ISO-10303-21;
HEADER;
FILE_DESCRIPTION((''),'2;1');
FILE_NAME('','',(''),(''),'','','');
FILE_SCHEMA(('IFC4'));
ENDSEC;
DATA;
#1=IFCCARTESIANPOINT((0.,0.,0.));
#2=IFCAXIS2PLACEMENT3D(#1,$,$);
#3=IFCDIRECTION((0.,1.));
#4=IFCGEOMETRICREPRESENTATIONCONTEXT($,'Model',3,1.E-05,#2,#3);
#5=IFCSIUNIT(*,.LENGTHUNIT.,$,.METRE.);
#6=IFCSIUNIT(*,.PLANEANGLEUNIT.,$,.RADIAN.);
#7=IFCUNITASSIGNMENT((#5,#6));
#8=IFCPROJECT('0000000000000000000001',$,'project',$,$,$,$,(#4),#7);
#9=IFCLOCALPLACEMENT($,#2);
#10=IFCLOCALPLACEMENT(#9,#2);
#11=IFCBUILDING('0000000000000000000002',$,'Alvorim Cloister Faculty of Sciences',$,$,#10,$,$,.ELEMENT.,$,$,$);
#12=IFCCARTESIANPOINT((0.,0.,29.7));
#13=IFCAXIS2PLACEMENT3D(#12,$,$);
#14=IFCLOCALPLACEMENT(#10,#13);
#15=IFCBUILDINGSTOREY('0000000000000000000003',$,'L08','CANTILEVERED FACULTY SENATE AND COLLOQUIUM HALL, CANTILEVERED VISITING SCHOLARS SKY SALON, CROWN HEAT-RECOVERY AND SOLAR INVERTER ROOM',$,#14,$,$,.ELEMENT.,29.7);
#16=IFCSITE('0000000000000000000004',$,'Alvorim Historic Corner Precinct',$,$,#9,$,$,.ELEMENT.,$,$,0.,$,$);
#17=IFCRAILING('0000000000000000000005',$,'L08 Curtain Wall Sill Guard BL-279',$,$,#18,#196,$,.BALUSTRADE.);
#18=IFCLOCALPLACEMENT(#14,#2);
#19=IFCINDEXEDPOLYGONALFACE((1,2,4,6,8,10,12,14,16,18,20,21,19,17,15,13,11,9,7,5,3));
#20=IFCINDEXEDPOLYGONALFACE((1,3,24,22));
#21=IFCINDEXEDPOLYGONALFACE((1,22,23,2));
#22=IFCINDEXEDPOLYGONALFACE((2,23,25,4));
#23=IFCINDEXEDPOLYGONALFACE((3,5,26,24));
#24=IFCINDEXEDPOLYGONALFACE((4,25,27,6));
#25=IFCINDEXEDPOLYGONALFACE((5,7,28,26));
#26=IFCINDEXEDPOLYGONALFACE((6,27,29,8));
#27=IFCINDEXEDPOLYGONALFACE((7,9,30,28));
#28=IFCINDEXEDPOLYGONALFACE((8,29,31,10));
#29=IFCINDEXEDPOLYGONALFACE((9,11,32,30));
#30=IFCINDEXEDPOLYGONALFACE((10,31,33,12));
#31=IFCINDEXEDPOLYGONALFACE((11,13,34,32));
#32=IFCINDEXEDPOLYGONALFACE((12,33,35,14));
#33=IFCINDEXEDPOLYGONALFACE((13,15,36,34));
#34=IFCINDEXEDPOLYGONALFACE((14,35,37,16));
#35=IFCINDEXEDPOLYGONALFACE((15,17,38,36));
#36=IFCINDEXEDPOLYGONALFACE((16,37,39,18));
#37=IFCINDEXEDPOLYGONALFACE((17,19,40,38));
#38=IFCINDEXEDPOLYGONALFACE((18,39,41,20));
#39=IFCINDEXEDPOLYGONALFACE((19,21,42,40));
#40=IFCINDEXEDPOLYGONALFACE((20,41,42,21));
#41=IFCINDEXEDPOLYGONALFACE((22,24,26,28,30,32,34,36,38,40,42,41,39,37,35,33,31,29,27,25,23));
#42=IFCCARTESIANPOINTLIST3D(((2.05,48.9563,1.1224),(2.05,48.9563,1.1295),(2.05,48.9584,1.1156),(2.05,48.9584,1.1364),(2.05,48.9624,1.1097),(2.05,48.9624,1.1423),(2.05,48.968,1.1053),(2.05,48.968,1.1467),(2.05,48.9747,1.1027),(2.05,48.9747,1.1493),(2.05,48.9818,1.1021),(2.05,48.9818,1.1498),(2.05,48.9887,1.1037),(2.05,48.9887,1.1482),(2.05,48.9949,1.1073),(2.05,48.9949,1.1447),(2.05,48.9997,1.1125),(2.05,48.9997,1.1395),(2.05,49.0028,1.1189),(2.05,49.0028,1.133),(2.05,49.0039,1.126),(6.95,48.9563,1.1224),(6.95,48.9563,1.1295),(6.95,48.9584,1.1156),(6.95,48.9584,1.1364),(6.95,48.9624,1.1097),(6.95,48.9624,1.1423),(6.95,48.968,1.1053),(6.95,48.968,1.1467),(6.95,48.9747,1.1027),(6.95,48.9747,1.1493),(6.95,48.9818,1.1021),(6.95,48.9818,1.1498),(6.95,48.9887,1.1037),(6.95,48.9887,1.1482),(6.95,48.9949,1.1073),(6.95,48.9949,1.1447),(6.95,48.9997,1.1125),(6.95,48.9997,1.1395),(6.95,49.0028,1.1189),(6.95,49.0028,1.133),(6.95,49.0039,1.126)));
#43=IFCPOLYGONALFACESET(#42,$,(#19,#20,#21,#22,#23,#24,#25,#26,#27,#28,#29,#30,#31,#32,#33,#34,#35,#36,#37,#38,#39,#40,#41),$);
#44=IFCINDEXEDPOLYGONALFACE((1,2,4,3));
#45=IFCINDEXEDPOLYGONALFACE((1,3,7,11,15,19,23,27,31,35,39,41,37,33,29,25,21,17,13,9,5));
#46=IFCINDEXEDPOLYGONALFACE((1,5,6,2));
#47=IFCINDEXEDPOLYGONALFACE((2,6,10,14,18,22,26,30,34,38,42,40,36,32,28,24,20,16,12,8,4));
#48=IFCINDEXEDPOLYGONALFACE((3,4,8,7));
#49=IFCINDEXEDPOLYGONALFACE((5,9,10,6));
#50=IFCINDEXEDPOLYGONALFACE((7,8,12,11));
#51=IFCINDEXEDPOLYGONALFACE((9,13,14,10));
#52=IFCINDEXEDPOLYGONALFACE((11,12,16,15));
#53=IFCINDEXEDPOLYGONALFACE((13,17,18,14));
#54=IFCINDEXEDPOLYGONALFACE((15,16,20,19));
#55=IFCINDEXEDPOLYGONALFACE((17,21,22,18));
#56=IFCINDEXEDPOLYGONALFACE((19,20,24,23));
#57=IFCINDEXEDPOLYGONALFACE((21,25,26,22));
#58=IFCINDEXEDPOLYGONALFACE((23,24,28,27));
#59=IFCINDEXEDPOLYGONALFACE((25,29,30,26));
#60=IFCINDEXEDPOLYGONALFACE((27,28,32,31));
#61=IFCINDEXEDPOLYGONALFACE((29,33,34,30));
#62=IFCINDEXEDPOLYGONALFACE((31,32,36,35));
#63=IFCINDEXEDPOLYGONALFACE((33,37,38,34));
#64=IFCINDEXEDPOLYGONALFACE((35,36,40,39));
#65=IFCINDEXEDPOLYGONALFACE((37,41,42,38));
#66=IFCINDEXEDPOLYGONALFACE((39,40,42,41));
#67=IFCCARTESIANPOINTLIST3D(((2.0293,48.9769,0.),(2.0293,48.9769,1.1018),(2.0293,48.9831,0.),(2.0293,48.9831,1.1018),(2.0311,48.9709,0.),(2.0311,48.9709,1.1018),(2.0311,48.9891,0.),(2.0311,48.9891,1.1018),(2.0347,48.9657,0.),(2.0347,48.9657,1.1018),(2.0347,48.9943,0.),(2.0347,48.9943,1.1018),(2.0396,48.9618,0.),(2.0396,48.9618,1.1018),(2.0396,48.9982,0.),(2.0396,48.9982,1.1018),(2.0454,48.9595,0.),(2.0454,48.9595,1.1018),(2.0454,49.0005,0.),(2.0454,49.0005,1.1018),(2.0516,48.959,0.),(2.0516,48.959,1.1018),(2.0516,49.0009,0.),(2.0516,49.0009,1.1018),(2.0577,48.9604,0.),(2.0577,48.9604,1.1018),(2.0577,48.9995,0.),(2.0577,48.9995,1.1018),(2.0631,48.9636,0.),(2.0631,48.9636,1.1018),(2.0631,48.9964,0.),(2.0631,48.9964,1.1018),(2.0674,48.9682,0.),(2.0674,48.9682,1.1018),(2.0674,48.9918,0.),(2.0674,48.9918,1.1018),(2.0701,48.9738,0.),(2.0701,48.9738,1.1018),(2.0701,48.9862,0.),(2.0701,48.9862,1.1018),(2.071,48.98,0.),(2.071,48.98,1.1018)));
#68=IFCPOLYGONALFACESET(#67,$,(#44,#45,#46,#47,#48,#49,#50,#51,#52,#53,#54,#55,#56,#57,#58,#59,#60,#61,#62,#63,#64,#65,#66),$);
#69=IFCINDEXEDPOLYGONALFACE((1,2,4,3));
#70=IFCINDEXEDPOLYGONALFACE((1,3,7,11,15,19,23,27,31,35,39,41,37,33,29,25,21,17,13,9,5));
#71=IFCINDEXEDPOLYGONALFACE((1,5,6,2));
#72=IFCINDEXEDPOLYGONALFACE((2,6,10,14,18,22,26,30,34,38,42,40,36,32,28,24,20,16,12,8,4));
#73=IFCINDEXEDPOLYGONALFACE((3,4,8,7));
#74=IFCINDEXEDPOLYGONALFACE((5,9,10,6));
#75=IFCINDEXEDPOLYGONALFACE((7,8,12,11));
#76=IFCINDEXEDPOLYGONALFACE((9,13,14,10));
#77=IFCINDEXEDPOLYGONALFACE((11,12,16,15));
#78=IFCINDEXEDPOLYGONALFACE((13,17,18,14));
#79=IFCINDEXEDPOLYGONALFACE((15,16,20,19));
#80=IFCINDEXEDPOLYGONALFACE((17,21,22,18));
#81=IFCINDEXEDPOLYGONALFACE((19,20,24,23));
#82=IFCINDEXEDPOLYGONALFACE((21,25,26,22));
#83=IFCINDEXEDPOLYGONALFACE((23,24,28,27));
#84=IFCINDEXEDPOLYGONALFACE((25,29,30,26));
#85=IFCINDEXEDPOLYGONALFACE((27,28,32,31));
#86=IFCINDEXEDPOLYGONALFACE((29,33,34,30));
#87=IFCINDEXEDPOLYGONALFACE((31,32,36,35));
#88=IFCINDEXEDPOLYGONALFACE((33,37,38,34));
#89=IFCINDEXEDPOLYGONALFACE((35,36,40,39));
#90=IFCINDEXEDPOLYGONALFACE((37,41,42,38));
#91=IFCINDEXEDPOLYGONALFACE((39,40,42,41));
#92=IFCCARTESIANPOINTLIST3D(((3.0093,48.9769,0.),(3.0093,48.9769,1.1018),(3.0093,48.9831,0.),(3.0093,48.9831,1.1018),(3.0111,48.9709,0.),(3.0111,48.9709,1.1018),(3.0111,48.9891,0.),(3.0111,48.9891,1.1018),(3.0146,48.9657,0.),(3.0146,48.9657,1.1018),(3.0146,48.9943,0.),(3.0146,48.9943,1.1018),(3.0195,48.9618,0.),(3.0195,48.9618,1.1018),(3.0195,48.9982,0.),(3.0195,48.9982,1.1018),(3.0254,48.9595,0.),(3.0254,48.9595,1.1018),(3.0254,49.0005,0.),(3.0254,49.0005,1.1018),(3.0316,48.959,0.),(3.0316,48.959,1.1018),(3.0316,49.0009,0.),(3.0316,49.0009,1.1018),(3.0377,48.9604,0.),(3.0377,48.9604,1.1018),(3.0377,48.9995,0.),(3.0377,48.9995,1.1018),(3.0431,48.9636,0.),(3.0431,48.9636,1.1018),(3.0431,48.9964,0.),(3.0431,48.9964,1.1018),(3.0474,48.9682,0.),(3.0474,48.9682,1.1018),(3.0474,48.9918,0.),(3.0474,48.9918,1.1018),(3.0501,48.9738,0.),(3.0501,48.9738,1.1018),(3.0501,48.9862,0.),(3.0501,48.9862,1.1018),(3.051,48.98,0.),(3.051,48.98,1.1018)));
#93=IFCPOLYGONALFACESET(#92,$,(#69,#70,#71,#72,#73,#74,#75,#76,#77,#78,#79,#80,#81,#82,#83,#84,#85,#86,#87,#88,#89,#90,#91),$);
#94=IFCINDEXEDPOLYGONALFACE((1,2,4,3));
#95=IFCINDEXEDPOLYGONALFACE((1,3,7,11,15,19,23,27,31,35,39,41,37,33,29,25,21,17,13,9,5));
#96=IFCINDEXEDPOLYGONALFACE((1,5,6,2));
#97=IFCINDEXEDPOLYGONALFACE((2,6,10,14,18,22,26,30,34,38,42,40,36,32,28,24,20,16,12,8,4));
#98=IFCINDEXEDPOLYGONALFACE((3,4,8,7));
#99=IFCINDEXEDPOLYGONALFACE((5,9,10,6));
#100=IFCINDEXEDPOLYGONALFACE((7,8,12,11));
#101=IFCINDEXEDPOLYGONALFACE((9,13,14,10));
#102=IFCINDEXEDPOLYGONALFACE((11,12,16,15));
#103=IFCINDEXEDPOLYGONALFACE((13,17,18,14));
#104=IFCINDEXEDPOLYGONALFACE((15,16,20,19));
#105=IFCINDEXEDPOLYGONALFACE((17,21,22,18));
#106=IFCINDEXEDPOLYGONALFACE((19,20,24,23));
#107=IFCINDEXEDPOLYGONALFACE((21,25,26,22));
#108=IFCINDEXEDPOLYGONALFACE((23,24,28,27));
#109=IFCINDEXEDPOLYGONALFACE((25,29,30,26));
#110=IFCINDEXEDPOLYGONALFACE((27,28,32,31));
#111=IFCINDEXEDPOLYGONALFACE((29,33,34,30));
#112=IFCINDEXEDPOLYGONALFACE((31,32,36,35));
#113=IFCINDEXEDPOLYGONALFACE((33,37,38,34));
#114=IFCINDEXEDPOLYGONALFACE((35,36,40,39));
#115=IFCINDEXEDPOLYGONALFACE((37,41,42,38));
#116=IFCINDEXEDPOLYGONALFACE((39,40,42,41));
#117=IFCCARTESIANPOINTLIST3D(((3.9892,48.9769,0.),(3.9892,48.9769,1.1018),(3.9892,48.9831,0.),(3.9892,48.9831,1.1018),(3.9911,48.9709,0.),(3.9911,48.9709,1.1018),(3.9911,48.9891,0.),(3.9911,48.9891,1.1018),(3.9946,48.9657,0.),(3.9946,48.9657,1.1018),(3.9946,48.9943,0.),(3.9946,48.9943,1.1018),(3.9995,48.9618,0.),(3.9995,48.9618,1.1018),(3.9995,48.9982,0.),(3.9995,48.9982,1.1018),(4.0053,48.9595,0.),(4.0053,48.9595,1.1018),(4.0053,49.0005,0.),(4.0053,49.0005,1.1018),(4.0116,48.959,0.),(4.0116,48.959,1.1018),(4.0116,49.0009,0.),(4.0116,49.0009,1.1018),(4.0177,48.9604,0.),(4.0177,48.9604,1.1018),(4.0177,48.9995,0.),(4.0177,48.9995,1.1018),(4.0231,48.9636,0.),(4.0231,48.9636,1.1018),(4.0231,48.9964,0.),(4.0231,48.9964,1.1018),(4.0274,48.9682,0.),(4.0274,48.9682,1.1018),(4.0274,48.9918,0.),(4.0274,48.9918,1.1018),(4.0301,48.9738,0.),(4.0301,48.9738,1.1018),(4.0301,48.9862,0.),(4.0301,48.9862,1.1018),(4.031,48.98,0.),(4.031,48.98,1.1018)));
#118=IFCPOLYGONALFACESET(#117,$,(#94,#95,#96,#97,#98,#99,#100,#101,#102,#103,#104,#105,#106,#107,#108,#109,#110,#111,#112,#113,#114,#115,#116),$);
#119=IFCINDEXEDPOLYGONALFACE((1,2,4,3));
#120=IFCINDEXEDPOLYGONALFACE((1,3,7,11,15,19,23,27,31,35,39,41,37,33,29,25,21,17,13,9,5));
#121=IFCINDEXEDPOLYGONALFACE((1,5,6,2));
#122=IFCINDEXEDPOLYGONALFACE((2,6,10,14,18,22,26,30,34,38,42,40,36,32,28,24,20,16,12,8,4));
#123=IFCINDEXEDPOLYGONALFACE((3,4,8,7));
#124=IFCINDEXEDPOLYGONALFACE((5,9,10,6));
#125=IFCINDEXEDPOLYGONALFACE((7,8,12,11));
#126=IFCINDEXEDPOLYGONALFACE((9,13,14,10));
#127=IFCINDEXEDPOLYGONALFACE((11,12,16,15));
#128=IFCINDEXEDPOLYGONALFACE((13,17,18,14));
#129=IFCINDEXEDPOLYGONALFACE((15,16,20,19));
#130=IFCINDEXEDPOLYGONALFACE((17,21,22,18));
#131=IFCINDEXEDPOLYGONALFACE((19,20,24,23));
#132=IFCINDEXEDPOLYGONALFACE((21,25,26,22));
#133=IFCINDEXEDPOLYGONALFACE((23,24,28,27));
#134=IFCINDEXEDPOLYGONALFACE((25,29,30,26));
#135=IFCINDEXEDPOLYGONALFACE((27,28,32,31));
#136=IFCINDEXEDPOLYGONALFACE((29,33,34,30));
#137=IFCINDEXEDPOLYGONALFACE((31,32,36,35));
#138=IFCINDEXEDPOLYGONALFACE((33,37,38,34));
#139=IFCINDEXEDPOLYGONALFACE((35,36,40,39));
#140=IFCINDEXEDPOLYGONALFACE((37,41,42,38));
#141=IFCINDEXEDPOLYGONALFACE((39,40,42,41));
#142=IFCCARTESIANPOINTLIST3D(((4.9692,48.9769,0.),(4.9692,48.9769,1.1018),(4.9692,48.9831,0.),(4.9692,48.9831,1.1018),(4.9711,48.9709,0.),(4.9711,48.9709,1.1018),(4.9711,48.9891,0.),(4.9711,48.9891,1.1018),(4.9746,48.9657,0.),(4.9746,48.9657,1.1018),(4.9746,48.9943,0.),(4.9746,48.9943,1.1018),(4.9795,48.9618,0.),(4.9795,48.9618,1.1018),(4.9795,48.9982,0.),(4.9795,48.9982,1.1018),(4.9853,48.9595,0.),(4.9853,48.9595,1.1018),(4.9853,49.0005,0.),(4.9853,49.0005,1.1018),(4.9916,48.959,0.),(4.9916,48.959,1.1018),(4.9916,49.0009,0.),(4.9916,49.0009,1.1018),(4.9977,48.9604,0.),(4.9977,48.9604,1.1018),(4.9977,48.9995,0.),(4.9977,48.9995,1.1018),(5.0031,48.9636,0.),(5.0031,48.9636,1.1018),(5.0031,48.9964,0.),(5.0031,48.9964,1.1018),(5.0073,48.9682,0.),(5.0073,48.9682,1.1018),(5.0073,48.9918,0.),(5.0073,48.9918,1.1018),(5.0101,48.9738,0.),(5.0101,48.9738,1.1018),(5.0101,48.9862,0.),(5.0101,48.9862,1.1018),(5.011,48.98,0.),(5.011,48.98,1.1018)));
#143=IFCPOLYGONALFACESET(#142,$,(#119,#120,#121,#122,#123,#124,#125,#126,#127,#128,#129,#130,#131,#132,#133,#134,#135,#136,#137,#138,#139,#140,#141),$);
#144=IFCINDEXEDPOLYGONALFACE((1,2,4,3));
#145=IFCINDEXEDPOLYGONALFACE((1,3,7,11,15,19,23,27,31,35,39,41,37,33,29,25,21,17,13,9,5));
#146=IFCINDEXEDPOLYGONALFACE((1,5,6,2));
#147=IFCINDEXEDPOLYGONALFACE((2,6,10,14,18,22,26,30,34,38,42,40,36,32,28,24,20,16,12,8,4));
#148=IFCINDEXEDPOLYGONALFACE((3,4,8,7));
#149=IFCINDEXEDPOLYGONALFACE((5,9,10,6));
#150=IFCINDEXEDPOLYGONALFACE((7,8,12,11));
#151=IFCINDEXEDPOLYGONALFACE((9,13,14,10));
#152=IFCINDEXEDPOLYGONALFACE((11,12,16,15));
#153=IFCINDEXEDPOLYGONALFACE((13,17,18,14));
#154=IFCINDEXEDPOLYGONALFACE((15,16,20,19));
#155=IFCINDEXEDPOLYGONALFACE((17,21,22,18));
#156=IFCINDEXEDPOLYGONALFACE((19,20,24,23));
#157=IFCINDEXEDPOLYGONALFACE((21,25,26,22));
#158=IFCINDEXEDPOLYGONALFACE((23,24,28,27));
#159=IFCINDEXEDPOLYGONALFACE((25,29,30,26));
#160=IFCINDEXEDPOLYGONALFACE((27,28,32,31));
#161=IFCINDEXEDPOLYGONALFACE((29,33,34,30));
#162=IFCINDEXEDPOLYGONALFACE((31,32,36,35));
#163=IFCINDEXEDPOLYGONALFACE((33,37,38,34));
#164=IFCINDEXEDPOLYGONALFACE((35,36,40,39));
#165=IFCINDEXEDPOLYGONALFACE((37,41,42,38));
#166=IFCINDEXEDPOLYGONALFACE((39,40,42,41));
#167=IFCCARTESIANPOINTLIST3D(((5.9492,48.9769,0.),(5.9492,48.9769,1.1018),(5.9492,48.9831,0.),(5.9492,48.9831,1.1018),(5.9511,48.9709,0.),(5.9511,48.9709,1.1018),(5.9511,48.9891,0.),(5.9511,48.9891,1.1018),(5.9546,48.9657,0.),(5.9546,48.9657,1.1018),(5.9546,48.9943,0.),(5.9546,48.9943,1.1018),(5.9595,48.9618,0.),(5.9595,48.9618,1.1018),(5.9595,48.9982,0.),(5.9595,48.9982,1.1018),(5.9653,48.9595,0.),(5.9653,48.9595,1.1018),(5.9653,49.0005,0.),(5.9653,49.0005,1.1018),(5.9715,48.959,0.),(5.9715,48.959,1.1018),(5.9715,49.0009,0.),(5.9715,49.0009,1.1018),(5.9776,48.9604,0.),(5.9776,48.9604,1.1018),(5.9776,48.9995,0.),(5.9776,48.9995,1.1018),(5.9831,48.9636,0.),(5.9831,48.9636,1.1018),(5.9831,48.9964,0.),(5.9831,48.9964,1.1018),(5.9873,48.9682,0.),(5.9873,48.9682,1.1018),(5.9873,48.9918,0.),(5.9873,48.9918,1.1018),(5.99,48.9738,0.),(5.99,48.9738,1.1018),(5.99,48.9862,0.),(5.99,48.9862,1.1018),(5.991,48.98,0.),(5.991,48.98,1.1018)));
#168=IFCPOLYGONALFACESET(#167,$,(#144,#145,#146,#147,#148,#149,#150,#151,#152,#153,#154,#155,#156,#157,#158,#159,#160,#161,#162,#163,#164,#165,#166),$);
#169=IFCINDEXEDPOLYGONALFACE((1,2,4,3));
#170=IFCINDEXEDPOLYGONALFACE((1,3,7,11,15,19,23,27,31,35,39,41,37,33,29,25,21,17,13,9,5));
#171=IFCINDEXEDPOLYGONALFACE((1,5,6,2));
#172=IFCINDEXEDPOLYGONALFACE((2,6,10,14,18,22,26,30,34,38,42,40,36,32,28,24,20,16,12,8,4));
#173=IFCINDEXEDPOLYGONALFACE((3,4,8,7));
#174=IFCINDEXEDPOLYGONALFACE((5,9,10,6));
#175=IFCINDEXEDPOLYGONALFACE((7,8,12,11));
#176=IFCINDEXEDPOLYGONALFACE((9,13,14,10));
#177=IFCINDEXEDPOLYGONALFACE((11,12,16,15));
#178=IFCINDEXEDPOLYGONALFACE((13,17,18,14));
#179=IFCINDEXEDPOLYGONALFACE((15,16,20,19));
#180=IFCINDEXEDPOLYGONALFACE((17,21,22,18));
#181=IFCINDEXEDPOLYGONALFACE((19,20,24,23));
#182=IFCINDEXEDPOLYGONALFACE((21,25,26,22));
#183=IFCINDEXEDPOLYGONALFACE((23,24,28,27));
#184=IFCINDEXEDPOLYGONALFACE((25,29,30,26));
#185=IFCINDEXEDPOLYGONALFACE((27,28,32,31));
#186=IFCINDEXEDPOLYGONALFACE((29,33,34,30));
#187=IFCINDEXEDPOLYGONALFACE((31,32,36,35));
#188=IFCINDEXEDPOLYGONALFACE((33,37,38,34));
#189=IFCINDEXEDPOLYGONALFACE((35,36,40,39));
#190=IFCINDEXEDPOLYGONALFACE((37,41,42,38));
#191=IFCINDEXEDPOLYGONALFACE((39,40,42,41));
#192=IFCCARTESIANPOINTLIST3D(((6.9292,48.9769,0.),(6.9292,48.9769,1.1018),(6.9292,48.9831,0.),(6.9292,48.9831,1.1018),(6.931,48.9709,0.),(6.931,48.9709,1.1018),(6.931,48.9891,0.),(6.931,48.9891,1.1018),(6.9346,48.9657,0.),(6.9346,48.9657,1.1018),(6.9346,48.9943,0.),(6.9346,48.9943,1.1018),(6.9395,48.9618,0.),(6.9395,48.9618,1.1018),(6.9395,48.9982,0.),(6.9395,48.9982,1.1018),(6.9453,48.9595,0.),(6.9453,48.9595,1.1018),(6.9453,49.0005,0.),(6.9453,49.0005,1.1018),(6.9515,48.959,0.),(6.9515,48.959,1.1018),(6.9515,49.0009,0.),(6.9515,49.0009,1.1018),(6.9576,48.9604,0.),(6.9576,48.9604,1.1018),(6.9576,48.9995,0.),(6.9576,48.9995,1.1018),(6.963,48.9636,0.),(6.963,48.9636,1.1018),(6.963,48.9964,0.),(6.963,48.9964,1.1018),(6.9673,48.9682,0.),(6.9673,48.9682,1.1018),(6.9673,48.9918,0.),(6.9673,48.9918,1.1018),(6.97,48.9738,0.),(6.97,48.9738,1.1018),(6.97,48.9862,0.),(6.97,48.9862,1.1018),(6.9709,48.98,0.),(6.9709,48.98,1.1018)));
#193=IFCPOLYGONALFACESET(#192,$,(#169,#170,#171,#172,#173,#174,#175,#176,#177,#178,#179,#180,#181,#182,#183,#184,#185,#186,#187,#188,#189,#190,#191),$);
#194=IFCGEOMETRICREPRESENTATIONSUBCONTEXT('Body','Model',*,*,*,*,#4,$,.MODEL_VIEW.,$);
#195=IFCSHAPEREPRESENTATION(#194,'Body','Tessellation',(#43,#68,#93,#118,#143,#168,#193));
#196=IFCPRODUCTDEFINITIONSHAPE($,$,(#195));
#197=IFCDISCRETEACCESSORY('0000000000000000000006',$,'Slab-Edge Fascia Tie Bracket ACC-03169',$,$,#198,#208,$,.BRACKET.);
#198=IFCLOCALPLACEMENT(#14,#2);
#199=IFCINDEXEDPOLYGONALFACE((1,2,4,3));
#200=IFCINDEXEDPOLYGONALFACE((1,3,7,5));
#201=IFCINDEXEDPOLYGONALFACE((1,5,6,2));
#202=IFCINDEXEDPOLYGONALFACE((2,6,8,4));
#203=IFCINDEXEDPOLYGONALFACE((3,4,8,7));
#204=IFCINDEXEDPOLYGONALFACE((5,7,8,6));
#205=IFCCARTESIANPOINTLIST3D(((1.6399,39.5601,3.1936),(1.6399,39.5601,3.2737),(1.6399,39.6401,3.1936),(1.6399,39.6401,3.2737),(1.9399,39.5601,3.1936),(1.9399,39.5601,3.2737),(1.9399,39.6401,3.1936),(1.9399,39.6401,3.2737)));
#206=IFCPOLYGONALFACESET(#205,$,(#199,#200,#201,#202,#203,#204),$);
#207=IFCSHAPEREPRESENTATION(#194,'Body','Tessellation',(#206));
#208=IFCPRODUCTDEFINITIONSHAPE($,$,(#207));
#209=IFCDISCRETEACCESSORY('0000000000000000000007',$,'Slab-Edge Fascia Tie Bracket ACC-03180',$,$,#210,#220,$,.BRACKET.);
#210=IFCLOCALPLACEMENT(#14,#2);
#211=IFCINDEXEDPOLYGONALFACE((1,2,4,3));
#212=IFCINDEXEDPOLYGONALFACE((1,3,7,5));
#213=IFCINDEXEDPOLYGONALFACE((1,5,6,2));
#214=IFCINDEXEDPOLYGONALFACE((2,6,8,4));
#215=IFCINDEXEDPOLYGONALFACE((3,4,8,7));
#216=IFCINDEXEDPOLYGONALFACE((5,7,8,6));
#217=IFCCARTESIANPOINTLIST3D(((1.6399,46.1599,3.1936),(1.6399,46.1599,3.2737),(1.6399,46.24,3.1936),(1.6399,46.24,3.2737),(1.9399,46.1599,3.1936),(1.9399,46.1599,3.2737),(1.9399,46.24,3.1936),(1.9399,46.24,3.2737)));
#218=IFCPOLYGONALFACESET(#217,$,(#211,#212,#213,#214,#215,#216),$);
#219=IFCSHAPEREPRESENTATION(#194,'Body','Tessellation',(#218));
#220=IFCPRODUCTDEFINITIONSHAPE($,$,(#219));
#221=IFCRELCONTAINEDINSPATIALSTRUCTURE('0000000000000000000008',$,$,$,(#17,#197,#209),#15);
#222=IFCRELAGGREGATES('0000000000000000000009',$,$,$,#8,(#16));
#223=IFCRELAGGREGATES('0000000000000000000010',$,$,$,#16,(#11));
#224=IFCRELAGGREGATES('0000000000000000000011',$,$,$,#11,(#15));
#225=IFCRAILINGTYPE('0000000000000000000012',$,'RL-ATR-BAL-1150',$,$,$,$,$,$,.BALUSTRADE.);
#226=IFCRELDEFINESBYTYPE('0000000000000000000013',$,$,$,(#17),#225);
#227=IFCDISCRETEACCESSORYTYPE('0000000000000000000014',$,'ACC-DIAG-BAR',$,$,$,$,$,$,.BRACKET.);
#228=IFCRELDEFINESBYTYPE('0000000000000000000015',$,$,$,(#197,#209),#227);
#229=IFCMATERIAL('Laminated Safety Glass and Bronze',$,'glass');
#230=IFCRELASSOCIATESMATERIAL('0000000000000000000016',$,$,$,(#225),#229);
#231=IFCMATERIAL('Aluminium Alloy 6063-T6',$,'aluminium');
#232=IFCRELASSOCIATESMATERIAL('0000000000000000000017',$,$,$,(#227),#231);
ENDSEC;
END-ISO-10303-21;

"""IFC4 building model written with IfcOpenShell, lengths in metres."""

from ifc_helpers import new_model, si_unit, direction, frame, origin, origin_2d, place, context, subcontext, project, spatial, rectangle, circle, extrude, material, type_object, element, save


model = new_model("IFC4")

# Units and contexts
model_context = context("Model", 3, precision=1e-05, world=origin(), true_north=direction((0.0, 1.0)))
body_context = subcontext(model_context, "Body", "Model", "MODEL_VIEW")
ifc_project = project(units=[si_unit("LENGTHUNIT", "METRE"), si_unit("PLANEANGLEUNIT", "RADIAN")], contexts=[model_context])

# Site, building, storey
site_placement = place(None, origin())
site = spatial("IfcSite", under=ifc_project, at=site_placement, Name="Alvorim Historic Corner Precinct", CompositionType="ELEMENT", RefElevation=0.0)
building_placement = place(site_placement, origin())
building = spatial("IfcBuilding", under=site, at=building_placement, Name="Alvorim Cloister Faculty of Sciences", CompositionType="ELEMENT")
storey_placement = place(building_placement, frame((0.0, 0.0, 29.7)))
storey = spatial("IfcBuildingStorey", under=building, at=storey_placement, Name="L08", Description="CANTILEVERED FACULTY SENATE AND COLLOQUIUM HALL, CANTILEVERED VISITING SCHOLARS SKY SALON, CROWN HEAT-RECOVERY AND SOLAR INVERTER ROOM", CompositionType="ELEMENT", Elevation=29.7)

# Shared definitions
ifc_material_1 = material(Name="Aluminium Alloy 6063-T6", Category="aluminium")

# Railing
ifc_material_2 = material(Name="Laminated Safety Glass and Bronze", Category="glass")
railing_type = type_object("IfcRailingType", Name="RL-ATR-BAL-1150", PredefinedType="BALUSTRADE", material=ifc_material_2)
railing_1_placement = place(storey_placement, frame((2.05, 48.98, 0.0)))
element("IfcRailing", 1, at=railing_1_placement, inside=storey, type_object=railing_type, Name="L08 Curtain Wall Sill Guard BL-279", PredefinedType="BALUSTRADE", context=body_context, shape_type="SweptSolid", body=[
    extrude(circle(Radius=0.0239, at=origin_2d()), frame((0.0, 0.0, 1.126), z_axis=(1.0, 0.0, 0.0), x_axis=(0.0, 1.0, 0.0)), (0.0, 0.0, 1.0), 4.8999),
    extrude(circle(Radius=0.021, at=origin_2d()), origin(), (0.0, 0.0, 1.0), 1.1018),
    extrude(circle(Radius=0.021, at=origin_2d()), frame((0.98, 0.0, 0.0)), (0.0, 0.0, 1.0), 1.1018),
    extrude(circle(Radius=0.021, at=origin_2d()), frame((1.96, 0.0, 0.0)), (0.0, 0.0, 1.0), 1.1018),
    extrude(circle(Radius=0.021, at=origin_2d()), frame((2.9399, 0.0, 0.0)), (0.0, 0.0, 1.0), 1.1018),
    extrude(circle(Radius=0.021, at=origin_2d()), frame((3.9199, 0.0, 0.0)), (0.0, 0.0, 1.0), 1.1018),
    extrude(circle(Radius=0.021, at=origin_2d()), frame((4.8999, 0.0, 0.0)), (0.0, 0.0, 1.0), 1.1018),
])

# Discrete accessories
discrete_accessory_type = type_object("IfcDiscreteAccessoryType", Name="ACC-DIAG-BAR", PredefinedType="BRACKET", material=ifc_material_1)
for number, where, z_axis, x_axis, name in (
    (2, (1.9399, 39.6001, 3.2336), (-1.0, 0.0, 0.0), (0.0, -1.0, 0.0), "Slab-Edge Fascia Tie Bracket ACC-03169"),
    (3, (1.9399, 46.2, 3.2336), (-1.0, 0.0, 0.0), (0.0, -1.0, 0.0), "Slab-Edge Fascia Tie Bracket ACC-03180"),
):
    element("IfcDiscreteAccessory", number, at=place(storey_placement, frame(where, z_axis=z_axis, x_axis=x_axis)), inside=storey, type_object=discrete_accessory_type, Name=name, PredefinedType="BRACKET", context=body_context, shape_type="SweptSolid", body=[
        extrude(rectangle(XDim=0.0801, YDim=0.0801, at=origin_2d()), origin(), (0.0, 0.0, 1.0), 0.3),
    ])

save(model, "model.ifc")
